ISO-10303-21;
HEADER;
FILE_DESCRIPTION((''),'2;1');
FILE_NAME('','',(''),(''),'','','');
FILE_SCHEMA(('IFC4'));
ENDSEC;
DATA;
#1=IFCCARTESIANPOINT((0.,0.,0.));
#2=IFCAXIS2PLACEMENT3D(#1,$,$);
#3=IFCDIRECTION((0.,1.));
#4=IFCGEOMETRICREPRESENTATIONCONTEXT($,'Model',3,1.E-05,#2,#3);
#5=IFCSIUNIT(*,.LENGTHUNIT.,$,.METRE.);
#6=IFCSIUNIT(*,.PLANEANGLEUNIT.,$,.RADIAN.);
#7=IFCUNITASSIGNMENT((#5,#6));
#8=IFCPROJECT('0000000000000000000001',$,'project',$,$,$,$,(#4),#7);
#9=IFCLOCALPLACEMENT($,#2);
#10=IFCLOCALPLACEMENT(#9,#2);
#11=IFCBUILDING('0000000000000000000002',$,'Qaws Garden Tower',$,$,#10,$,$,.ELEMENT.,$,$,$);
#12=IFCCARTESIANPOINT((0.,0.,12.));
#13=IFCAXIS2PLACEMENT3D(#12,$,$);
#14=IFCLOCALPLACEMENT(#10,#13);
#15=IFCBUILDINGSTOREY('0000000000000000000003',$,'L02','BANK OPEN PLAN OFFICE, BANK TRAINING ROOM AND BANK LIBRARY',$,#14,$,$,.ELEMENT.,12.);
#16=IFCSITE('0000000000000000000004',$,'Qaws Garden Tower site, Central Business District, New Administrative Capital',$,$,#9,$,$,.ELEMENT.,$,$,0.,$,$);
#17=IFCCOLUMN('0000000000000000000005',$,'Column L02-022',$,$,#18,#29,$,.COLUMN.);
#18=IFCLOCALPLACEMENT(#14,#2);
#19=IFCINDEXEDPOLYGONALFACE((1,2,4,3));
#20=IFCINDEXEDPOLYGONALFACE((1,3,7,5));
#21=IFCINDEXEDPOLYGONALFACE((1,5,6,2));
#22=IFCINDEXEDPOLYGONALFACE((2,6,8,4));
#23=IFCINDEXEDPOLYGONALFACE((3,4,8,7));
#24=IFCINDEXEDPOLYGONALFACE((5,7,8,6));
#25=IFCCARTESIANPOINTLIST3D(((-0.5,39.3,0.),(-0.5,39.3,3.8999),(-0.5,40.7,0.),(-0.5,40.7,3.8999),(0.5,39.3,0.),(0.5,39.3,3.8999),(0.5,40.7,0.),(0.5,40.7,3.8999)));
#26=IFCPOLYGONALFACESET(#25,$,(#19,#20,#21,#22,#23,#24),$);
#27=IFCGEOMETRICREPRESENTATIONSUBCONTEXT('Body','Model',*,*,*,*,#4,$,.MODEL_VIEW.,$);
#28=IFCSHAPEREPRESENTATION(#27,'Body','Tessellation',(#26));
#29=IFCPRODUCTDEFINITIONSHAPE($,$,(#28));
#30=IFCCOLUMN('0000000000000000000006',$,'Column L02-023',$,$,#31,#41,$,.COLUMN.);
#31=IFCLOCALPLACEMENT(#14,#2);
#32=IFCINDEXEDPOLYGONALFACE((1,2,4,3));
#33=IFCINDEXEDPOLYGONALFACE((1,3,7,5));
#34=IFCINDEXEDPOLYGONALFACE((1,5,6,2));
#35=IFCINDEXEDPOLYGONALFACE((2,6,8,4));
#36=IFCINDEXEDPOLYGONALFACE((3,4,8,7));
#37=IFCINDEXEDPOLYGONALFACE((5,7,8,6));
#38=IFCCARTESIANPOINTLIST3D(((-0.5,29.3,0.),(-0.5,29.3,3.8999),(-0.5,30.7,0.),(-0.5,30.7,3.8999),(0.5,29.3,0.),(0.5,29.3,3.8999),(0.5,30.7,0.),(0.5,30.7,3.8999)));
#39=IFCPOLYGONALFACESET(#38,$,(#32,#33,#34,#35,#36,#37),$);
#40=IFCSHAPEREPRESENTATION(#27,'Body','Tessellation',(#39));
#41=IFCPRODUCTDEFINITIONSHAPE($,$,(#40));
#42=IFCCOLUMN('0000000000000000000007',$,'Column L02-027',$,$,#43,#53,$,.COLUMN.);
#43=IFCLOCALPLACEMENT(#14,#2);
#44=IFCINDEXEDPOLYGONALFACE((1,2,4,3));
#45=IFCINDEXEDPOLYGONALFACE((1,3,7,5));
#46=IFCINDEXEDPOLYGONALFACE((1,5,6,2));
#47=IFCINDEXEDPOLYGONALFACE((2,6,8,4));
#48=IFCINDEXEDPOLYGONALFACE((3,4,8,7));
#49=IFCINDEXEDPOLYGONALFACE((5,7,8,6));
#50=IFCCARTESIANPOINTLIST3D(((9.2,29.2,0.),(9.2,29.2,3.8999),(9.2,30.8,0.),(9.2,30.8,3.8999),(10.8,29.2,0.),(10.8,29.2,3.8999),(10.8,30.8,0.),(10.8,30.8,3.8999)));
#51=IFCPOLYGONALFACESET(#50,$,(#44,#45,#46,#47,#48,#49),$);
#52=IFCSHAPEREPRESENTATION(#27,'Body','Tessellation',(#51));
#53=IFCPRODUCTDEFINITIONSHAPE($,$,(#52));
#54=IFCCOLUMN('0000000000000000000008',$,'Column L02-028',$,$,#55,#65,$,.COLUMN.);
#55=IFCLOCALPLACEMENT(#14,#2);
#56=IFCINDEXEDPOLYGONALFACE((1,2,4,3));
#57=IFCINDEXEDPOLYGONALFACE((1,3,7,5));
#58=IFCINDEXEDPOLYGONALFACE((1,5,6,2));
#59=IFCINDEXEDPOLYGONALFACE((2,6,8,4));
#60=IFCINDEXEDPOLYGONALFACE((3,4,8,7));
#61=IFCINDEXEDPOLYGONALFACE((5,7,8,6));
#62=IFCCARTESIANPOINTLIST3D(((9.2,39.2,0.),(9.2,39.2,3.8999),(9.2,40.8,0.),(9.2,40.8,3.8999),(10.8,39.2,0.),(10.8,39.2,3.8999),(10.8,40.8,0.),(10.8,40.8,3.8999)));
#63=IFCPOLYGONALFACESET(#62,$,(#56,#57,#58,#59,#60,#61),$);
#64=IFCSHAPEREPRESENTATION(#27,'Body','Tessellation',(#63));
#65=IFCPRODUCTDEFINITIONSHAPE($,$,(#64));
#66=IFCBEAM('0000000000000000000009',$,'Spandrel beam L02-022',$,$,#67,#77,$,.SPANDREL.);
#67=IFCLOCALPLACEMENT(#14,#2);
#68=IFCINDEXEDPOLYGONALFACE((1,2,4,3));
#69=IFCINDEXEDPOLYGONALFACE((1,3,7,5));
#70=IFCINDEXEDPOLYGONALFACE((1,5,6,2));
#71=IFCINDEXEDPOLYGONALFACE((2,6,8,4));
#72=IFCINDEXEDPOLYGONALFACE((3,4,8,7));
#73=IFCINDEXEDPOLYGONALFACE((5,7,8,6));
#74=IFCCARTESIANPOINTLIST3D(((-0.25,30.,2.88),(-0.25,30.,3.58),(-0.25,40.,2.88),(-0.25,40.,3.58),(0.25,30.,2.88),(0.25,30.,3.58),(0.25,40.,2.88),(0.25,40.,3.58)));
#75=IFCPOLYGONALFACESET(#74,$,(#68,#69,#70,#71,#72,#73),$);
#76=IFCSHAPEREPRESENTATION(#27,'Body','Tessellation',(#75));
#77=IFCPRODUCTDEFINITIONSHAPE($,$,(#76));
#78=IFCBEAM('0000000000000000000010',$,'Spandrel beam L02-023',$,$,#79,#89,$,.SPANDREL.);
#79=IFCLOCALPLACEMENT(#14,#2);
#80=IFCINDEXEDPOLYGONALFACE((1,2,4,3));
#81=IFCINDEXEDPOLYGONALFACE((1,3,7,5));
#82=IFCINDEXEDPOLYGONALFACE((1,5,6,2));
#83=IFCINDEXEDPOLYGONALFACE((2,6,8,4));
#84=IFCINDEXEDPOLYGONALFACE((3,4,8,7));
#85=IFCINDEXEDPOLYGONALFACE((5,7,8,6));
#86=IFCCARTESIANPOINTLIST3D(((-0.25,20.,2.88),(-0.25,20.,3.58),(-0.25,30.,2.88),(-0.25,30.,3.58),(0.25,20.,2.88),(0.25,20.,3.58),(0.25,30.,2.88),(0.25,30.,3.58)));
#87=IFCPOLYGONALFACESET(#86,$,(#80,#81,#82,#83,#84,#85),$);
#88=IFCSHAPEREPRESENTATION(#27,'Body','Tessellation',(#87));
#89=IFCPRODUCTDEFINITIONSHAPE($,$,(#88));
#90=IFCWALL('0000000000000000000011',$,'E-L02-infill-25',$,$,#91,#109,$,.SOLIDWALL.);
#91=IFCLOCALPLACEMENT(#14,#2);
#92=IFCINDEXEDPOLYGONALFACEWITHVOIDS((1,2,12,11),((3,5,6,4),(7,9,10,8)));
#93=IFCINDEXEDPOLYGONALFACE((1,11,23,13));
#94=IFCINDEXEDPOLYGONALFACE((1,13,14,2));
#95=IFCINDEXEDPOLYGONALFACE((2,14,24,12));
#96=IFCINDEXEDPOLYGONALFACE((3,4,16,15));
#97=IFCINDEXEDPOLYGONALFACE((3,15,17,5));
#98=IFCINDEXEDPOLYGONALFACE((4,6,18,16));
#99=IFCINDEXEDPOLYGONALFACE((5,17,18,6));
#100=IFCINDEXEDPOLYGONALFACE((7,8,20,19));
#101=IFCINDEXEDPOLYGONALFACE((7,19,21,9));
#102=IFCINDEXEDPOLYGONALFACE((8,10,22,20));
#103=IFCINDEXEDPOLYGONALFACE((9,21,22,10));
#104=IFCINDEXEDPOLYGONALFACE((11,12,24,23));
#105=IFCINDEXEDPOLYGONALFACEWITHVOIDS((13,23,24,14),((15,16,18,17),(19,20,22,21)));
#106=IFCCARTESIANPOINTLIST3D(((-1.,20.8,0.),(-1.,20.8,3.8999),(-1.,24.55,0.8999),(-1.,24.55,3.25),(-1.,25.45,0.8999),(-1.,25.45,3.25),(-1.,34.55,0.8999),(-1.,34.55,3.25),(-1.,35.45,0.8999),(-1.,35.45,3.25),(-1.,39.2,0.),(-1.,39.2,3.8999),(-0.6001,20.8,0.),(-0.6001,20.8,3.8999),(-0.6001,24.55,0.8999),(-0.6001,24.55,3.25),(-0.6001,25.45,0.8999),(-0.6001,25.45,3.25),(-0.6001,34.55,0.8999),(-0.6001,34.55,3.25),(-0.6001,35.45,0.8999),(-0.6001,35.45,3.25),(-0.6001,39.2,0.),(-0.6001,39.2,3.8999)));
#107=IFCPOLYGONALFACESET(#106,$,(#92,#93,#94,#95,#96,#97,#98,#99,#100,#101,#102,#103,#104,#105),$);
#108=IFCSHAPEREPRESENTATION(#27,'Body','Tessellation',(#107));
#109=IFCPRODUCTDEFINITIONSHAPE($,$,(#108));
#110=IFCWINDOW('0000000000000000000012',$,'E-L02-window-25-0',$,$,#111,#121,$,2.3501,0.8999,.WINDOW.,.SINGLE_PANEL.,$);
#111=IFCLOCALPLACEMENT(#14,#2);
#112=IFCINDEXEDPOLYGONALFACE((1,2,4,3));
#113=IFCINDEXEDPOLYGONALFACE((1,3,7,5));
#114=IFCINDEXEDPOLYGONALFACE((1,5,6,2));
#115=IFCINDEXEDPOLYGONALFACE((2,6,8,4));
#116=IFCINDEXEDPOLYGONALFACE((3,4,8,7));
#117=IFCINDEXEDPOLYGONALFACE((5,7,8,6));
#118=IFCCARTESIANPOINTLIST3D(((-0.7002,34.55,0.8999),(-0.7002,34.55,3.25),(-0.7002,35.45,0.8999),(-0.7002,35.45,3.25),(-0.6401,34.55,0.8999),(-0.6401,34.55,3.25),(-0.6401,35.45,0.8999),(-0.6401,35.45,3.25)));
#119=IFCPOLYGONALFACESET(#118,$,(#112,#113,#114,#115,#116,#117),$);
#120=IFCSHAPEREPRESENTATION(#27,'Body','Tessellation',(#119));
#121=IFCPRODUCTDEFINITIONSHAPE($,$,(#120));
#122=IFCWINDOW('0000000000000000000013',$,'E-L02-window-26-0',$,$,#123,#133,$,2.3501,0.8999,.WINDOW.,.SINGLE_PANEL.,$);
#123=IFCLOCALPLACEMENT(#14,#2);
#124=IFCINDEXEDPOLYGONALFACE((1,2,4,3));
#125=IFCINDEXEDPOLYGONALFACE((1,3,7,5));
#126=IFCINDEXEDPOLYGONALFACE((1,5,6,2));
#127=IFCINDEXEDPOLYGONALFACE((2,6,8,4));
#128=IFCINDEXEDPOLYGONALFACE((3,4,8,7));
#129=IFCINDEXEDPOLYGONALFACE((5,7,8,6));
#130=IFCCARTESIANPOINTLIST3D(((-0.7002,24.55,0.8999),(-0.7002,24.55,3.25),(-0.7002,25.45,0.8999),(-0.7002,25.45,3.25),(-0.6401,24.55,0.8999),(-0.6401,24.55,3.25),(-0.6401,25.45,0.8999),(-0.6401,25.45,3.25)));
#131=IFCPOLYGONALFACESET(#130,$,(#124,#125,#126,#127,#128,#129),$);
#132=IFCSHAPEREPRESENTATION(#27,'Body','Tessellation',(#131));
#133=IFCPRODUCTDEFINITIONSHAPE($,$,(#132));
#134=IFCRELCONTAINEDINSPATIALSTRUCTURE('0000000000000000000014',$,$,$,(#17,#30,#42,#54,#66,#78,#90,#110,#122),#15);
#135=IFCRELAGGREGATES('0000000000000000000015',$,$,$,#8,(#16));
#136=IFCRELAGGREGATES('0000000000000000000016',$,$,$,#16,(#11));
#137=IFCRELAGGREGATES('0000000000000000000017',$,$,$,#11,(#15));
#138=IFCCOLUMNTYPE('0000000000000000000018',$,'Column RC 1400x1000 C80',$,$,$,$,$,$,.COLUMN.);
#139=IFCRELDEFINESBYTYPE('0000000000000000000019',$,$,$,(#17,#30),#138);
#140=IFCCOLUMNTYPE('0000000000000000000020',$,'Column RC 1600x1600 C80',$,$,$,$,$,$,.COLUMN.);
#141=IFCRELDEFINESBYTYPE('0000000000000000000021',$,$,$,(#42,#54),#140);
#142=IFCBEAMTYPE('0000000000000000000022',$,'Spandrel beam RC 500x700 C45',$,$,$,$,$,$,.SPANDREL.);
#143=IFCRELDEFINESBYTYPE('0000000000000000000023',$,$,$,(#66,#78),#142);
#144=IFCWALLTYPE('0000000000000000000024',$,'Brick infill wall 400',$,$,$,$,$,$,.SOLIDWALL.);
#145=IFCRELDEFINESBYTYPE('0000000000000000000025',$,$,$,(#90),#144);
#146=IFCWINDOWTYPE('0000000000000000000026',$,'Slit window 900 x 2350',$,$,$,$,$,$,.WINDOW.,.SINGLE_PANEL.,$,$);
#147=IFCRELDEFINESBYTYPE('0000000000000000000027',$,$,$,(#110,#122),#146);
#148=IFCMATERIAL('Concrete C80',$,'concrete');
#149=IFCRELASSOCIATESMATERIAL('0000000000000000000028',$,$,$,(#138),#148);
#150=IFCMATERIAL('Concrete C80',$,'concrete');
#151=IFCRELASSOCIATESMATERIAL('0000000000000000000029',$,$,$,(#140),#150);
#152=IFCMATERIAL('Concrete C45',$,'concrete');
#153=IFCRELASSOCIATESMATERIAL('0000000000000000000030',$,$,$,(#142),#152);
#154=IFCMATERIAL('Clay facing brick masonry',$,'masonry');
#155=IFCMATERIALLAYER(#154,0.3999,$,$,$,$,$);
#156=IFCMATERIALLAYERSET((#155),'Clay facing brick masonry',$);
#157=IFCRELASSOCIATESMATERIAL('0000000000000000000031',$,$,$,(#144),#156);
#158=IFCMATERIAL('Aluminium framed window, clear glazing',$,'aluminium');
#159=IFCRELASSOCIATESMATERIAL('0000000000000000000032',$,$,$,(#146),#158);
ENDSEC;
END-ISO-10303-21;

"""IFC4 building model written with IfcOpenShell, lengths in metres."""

from ifc_helpers import new_model, si_unit, direction, frame, frame_2d, origin, origin_2d, place, context, subcontext, project, spatial, rectangle, extrude, material, layer, layer_set, material_profile, profile_set, type_object, element, fill, save


model = new_model("IFC4")

# Units and contexts
model_context = context("Model", 3, precision=1e-05, world=origin(), true_north=direction((0.0, 1.0)))
body_context = subcontext(model_context, "Body", "Model", "MODEL_VIEW")
ifc_project = project(units=[si_unit("LENGTHUNIT", "METRE"), si_unit("PLANEANGLEUNIT", "RADIAN")], contexts=[model_context])

# Site, building, storey
site_placement = place(None, origin())
site = spatial("IfcSite", under=ifc_project, at=site_placement, Name="Qaws Garden Tower site, Central Business District, New Administrative Capital", CompositionType="ELEMENT", RefElevation=0.0)
building_placement = place(site_placement, origin())
building = spatial("IfcBuilding", under=site, at=building_placement, Name="Qaws Garden Tower", CompositionType="ELEMENT")
storey_placement = place(building_placement, frame((0.0, 0.0, 12.0)))
storey = spatial("IfcBuildingStorey", under=building, at=storey_placement, Name="L02", Description="BANK OPEN PLAN OFFICE, BANK TRAINING ROOM AND BANK LIBRARY", CompositionType="ELEMENT", Elevation=12.0)

# Columns
ifc_material_1 = material(Name="Concrete C80", Category="concrete")
ifc_material_profile_1 = material_profile(ifc_material_1, rectangle(XDim=1.3999, YDim=1.0, at=origin_2d()), Name="RC 1400x1000")
ifc_profile_set_1 = profile_set([ifc_material_profile_1], Name="Concrete C80")
column_type_1 = type_object("IfcColumnType", Name="Column RC 1400x1000 C80", PredefinedType="COLUMN", material=ifc_profile_set_1)
for number, where, z_axis, x_axis, name in (
    (1, (0.0, 40.0, 0.0), (0.0, 0.0, 1.0), (0.0, 1.0, 0.0), "Column L02-022"),
    (2, (0.0, 30.0, 0.0), (0.0, 0.0, 1.0), (0.0, 1.0, 0.0), "Column L02-023"),
):
    element("IfcColumn", number, at=place(storey_placement, frame(where, z_axis=z_axis, x_axis=x_axis)), inside=storey, type_object=column_type_1, Name=name, PredefinedType="COLUMN", context=body_context, shape_type="SweptSolid", body=[
        extrude(rectangle(XDim=1.3999, YDim=1.0, at=origin_2d()), origin(), (0.0, 0.0, 1.0), 3.8999),
    ])
ifc_material_2 = material(Name="Concrete C80", Category="concrete")
ifc_material_profile_2 = material_profile(ifc_material_2, rectangle(XDim=1.6001, YDim=1.6001, at=origin_2d()), Name="RC 1600x1600")
ifc_profile_set_2 = profile_set([ifc_material_profile_2], Name="Concrete C80")
column_type_2 = type_object("IfcColumnType", Name="Column RC 1600x1600 C80", PredefinedType="COLUMN", material=ifc_profile_set_2)
for number, where, z_axis, x_axis, name in (
    (3, (10.0, 30.0, 0.0), (0.0, 0.0, 1.0), (1.0, 0.0, 0.0), "Column L02-027"),
    (4, (10.0, 40.0, 0.0), (0.0, 0.0, 1.0), (1.0, 0.0, 0.0), "Column L02-028"),
):
    element("IfcColumn", number, at=place(storey_placement, frame(where, z_axis=z_axis, x_axis=x_axis)), inside=storey, type_object=column_type_2, Name=name, PredefinedType="COLUMN", context=body_context, shape_type="SweptSolid", body=[
        extrude(rectangle(XDim=1.6001, YDim=1.6001, at=origin_2d()), origin(), (0.0, 0.0, 1.0), 3.8999),
    ])

# Beams
ifc_material_3 = material(Name="Concrete C45", Category="concrete")
ifc_material_profile_3 = material_profile(ifc_material_3, rectangle(XDim=0.5, YDim=0.7, at=origin_2d()), Name="RC 500x700")
ifc_profile_set_3 = profile_set([ifc_material_profile_3], Name="Concrete C45")
beam_type = type_object("IfcBeamType", Name="Spandrel beam RC 500x700 C45", PredefinedType="SPANDREL", material=ifc_profile_set_3)
for number, where, z_axis, x_axis, name in (
    (5, (0.0, 40.0, 3.23), (0.0, -1.0, 0.0), (1.0, 0.0, 0.0), "Spandrel beam L02-022"),
    (6, (0.0, 30.0, 3.23), (0.0, -1.0, 0.0), (1.0, 0.0, 0.0), "Spandrel beam L02-023"),
):
    element("IfcBeam", number, at=place(storey_placement, frame(where, z_axis=z_axis, x_axis=x_axis)), inside=storey, type_object=beam_type, Name=name, PredefinedType="SPANDREL", context=body_context, shape_type="SweptSolid", body=[
        extrude(rectangle(XDim=0.5, YDim=0.7, at=origin_2d()), origin(), (0.0, 0.0, 1.0), 10.0),
    ])

# Wall, openings, windows
ifc_material_4 = material(Name="Clay facing brick masonry", Category="masonry")
ifc_layer_1 = layer(ifc_material_4, 0.3999)
ifc_layer_set_1 = layer_set([ifc_layer_1], Name="Clay facing brick masonry")
wall_type_1 = type_object("IfcWallType", Name="Brick infill wall 400", PredefinedType="SOLIDWALL", material=ifc_layer_set_1)
wall_1_placement = place(storey_placement, frame((-0.8, 39.2, 0.0), z_axis=(0.0, 0.0, 1.0), x_axis=(0.0, -1.0, 0.0)))
wall_1 = element("IfcWall", 7, at=wall_1_placement, inside=storey, type_object=wall_type_1, Name="E-L02-infill-25", PredefinedType="SOLIDWALL", context=body_context, shape_type="SweptSolid", body=[
    extrude(rectangle(XDim=18.3999, YDim=0.3999, at=frame_2d((9.2, 0.0))), origin(), (0.0, 0.0, 1.0), 3.8999),
])
opening_1_placement = place(wall_1_placement, frame((3.75, 0.0, 0.8999)))
opening_1 = element("IfcOpeningElement", 8, at=opening_1_placement, cuts=wall_1, PredefinedType="OPENING", context=body_context, shape_type="SweptSolid", body=[
    extrude(rectangle(XDim=0.8999, YDim=2.3501, at=frame_2d((0.45, 1.175))), frame((0.0, 0.21, 0.0), z_axis=(0.0, -1.0, 0.0), x_axis=(1.0, 0.0, 0.0)), (0.0, 0.0, 1.0), 0.4199),
])
opening_2_placement = place(wall_1_placement, frame((13.75, 0.0, 0.8999)))
opening_2 = element("IfcOpeningElement", 9, at=opening_2_placement, cuts=wall_1, PredefinedType="OPENING", context=body_context, shape_type="SweptSolid", body=[
    extrude(rectangle(XDim=0.8999, YDim=2.3501, at=frame_2d((0.45, 1.175))), frame((0.0, 0.21, 0.0), z_axis=(0.0, -1.0, 0.0), x_axis=(1.0, 0.0, 0.0)), (0.0, 0.0, 1.0), 0.4199),
])
ifc_material_5 = material(Name="Aluminium framed window, clear glazing", Category="aluminium")
window_type = type_object("IfcWindowType", Name="Slit window 900 x 2350", PartitioningType="SINGLE_PANEL", PredefinedType="WINDOW", material=ifc_material_5)
window_1_placement = place(opening_1_placement, origin())
window_1 = element("IfcWindow", 10, at=window_1_placement, inside=storey, type_object=window_type, Name="E-L02-window-25-0", OverallHeight=2.3501, OverallWidth=0.8999, PartitioningType="SINGLE_PANEL", PredefinedType="WINDOW", context=body_context, shape_type="SweptSolid", body=[
    extrude(rectangle(XDim=0.8999, YDim=2.3501, at=frame_2d((0.45, 1.175))), frame((0.0, 0.1599, 0.0), z_axis=(0.0, -1.0, 0.0), x_axis=(1.0, 0.0, 0.0)), (0.0, 0.0, 1.0), 0.0601),
])
fill(opening_1, window_1)
window_2_placement = place(opening_2_placement, origin())
window_2 = element("IfcWindow", 11, at=window_2_placement, inside=storey, type_object=window_type, Name="E-L02-window-26-0", OverallHeight=2.3501, OverallWidth=0.8999, PartitioningType="SINGLE_PANEL", PredefinedType="WINDOW", context=body_context, shape_type="SweptSolid", body=[
    extrude(rectangle(XDim=0.8999, YDim=2.3501, at=frame_2d((0.45, 1.175))), frame((0.0, 0.1599, 0.0), z_axis=(0.0, -1.0, 0.0), x_axis=(1.0, 0.0, 0.0)), (0.0, 0.0, 1.0), 0.0601),
])
fill(opening_2, window_2)

save(model, "model.ifc")
